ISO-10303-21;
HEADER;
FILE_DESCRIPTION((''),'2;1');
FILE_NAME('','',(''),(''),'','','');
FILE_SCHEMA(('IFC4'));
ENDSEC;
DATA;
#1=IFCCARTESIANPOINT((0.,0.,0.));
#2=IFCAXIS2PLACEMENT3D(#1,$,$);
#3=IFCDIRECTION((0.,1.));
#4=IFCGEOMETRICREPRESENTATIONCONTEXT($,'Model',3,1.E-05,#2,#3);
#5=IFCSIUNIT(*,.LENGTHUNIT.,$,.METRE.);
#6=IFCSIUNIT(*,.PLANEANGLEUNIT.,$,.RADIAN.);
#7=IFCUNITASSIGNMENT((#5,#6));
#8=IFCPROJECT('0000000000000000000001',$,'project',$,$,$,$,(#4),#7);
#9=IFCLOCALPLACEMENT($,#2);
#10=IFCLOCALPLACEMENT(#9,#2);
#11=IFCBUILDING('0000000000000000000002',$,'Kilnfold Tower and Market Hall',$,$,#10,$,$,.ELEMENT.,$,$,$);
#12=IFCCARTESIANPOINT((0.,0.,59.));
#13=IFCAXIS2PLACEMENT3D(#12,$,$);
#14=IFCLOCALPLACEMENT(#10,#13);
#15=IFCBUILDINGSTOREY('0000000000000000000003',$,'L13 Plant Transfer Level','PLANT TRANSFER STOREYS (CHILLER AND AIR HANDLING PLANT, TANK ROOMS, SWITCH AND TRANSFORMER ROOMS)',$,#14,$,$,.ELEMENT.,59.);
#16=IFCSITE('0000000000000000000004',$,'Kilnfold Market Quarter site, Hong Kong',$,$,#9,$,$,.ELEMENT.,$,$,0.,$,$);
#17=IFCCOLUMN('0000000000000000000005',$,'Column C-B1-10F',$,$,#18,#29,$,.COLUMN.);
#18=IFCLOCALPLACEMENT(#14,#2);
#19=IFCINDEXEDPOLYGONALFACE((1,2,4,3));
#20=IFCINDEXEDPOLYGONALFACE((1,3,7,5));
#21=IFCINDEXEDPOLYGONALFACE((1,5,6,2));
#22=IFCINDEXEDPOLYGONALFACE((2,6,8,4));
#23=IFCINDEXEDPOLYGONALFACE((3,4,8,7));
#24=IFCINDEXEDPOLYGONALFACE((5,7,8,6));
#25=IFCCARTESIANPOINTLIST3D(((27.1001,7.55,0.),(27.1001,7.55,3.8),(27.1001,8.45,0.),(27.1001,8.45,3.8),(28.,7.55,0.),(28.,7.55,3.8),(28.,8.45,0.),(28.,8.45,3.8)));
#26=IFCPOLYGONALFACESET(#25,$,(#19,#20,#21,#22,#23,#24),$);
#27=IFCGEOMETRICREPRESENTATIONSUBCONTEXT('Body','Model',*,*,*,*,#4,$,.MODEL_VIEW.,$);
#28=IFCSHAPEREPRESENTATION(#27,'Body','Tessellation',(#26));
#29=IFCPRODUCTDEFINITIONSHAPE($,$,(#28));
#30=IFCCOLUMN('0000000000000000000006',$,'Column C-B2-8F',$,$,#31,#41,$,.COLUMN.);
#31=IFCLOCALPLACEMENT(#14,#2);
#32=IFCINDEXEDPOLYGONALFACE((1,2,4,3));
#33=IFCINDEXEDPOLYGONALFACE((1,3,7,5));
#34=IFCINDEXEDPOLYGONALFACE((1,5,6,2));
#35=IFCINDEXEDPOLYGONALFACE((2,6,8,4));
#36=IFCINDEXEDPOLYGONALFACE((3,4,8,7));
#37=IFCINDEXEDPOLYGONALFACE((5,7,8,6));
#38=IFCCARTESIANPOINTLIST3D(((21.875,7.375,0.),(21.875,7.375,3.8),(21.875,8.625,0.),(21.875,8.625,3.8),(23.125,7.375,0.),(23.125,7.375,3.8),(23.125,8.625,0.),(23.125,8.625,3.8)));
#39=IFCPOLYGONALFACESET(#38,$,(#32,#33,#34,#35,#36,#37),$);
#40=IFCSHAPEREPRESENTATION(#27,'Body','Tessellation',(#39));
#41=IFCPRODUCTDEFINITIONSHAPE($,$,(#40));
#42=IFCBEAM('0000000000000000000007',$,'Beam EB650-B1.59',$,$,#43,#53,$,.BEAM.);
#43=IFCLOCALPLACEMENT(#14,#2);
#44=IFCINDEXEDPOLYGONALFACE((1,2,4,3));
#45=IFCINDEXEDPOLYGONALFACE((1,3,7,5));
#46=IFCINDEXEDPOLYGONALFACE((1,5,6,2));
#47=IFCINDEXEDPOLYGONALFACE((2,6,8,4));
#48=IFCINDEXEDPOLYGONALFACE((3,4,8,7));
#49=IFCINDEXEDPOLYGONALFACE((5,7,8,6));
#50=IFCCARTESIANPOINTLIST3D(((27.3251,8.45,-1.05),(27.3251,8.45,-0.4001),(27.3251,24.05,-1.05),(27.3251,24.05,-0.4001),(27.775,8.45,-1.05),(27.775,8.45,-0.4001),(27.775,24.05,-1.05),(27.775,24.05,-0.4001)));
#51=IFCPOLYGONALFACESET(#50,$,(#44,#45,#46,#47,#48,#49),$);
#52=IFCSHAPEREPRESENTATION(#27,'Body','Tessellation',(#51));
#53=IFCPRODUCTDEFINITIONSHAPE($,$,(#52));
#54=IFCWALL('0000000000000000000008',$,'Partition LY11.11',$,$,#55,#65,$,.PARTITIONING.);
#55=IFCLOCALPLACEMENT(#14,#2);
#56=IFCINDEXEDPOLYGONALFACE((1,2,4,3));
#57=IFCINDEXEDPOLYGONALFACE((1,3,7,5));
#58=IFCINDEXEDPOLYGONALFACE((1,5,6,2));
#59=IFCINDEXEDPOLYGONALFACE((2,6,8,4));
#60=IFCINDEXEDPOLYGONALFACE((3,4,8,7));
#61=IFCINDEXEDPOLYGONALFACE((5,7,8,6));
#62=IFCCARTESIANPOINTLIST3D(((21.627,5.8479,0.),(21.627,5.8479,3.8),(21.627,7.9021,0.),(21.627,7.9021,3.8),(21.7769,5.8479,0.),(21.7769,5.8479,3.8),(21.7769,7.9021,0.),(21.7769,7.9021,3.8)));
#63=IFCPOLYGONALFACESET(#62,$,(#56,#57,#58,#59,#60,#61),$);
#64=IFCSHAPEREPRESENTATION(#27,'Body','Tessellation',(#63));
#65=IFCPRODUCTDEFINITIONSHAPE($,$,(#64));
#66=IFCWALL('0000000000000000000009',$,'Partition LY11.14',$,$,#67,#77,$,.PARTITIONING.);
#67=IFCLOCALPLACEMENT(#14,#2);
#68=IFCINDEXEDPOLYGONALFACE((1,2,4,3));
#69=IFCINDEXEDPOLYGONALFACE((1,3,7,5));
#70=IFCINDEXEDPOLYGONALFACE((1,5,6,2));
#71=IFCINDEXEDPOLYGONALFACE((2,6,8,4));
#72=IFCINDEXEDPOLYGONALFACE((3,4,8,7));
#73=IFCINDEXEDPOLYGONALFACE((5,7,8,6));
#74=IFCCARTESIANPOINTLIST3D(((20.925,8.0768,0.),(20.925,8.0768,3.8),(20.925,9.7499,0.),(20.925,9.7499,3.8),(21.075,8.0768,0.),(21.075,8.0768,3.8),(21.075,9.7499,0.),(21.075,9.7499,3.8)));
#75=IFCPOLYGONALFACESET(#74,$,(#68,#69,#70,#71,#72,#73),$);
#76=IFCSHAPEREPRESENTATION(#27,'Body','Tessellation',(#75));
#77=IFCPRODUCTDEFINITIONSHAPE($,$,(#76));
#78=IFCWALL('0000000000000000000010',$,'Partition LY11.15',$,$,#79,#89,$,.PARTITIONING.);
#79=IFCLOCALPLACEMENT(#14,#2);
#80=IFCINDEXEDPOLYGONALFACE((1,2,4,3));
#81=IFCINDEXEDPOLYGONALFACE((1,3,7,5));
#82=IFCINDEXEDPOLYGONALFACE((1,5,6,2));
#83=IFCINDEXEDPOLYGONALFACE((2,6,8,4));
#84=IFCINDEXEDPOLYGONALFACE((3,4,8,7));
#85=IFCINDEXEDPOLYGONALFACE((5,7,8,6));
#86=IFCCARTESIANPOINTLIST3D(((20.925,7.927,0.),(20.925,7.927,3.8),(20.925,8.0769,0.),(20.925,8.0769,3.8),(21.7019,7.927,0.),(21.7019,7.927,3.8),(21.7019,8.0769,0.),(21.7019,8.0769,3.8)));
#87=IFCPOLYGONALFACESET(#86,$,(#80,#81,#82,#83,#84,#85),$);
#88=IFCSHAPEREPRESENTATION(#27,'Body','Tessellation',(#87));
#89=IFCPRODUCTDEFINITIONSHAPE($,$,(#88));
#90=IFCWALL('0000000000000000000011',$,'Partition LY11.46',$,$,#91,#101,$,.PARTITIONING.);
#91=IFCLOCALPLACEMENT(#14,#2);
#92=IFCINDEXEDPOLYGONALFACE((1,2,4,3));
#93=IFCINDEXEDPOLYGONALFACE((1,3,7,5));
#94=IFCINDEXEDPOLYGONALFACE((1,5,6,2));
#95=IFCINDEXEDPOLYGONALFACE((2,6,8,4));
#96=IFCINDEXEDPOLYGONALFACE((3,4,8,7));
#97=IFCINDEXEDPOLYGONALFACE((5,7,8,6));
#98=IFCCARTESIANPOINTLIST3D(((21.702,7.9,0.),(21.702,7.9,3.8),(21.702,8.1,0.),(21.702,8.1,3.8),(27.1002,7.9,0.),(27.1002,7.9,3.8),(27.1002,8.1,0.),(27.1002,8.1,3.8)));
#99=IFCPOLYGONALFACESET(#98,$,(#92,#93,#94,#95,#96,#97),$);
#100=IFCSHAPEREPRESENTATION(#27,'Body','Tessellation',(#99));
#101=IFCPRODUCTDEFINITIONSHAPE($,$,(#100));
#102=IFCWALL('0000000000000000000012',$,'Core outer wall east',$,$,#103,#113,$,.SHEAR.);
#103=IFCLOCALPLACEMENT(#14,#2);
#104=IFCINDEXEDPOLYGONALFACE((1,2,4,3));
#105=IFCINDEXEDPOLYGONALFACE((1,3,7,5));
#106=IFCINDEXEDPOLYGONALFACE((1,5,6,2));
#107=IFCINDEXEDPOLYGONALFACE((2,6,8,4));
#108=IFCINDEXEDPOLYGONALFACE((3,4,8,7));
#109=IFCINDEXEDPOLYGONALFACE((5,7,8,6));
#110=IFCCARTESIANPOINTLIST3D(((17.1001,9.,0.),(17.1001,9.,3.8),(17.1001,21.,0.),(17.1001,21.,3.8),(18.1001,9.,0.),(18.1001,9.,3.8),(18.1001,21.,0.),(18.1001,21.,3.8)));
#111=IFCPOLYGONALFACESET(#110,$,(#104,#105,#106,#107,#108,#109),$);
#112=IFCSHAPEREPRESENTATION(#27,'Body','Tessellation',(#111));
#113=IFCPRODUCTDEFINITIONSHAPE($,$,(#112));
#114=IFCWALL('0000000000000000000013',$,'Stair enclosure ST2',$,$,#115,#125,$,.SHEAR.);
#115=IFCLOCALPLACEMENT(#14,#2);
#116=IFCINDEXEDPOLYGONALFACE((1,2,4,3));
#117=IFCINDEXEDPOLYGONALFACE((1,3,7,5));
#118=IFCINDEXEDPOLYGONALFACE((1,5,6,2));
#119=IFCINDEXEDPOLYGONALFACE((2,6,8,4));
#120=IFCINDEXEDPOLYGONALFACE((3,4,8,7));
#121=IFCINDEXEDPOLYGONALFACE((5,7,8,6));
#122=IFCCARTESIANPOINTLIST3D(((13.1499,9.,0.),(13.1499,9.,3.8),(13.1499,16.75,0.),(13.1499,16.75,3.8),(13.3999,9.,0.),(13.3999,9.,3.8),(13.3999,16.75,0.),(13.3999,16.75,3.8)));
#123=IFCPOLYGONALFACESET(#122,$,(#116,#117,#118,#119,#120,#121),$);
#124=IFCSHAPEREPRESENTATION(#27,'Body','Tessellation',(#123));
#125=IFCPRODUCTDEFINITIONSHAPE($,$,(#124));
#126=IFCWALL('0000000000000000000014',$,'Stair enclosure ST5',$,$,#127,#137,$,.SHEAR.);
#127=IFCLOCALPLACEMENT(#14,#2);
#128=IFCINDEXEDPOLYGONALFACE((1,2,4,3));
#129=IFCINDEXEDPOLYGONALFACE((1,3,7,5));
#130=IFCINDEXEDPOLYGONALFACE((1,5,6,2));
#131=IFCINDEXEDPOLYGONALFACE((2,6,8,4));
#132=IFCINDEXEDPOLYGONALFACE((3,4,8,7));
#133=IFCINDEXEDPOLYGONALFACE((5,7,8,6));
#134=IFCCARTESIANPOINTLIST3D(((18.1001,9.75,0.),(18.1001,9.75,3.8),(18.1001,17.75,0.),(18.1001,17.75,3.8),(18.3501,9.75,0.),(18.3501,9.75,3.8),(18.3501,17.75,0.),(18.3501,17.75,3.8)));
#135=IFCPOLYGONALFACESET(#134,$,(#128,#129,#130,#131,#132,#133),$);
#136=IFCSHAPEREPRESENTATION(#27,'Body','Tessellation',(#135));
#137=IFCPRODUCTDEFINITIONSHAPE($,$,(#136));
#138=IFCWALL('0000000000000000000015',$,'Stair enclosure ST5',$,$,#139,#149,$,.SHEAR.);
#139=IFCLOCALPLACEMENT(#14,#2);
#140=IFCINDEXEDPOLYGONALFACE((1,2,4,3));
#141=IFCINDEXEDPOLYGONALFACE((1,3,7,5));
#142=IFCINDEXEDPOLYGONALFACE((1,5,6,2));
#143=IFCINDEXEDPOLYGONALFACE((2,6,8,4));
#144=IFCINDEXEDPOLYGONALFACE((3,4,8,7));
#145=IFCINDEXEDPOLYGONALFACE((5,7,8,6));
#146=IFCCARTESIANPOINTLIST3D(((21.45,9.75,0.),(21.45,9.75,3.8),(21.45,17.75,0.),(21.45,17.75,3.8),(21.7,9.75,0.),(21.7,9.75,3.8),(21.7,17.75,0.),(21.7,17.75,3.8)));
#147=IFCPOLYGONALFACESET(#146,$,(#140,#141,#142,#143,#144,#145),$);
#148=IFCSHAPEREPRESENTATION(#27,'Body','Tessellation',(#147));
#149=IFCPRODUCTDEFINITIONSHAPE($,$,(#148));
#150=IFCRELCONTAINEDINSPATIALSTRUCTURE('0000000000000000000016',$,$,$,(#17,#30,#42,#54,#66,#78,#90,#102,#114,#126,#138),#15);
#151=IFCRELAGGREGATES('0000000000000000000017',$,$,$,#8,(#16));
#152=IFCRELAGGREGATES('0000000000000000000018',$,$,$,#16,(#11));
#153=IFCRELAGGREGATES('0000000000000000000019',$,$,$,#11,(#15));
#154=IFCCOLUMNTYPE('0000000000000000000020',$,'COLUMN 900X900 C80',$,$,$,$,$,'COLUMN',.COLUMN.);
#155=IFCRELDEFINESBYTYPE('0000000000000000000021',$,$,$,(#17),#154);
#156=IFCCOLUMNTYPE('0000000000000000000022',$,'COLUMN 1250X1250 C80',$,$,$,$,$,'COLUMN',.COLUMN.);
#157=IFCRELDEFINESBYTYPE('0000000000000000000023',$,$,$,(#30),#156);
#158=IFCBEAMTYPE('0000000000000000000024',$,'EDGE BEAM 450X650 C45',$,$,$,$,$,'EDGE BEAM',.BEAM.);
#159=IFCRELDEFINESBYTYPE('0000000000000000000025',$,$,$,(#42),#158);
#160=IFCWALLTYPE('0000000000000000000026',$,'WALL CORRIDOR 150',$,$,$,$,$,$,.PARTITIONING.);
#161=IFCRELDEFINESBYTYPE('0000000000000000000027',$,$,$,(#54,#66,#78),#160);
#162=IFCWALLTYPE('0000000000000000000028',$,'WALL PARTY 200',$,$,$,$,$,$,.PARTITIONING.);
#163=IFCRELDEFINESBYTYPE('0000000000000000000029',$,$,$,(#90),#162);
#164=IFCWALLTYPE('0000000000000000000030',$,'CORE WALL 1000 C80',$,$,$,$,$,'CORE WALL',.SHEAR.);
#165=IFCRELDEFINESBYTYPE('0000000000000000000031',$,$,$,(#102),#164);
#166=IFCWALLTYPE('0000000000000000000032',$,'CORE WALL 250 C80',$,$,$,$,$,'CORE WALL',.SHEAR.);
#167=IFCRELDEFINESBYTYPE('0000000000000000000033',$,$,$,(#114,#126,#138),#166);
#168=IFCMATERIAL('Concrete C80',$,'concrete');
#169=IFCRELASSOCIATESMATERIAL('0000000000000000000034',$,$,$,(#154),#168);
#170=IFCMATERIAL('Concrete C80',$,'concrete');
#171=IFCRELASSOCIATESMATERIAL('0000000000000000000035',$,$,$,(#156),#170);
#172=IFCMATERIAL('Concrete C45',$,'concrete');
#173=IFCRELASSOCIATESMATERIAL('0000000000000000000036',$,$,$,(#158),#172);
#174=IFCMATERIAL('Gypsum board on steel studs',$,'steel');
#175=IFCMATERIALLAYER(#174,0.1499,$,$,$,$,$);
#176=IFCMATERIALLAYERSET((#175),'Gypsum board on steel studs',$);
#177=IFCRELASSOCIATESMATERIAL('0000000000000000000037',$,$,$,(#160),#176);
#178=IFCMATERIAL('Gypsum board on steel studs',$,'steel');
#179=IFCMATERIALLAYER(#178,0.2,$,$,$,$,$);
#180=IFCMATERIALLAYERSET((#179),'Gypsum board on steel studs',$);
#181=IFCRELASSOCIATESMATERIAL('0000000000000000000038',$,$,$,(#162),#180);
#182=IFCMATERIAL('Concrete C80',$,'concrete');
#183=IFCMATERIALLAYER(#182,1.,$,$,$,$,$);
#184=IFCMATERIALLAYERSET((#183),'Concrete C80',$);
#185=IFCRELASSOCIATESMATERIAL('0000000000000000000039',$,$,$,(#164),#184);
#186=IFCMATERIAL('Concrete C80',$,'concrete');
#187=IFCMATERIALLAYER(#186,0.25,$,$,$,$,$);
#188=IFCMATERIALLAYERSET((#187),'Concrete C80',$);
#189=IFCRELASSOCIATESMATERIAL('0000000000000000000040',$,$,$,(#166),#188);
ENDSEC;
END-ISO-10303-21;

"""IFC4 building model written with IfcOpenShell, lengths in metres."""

from ifc_helpers import new_model, si_unit, direction, frame, frame_2d, origin, origin_2d, place, context, subcontext, project, spatial, rectangle, extrude, source, transform, mapped, material, layer, layer_set, material_profile, profile_set, type_object, element, save


model = new_model("IFC4")

# Units and contexts
model_context = context("Model", 3, precision=1e-05, world=origin(), true_north=direction((0.0, 1.0)))
body_context = subcontext(model_context, "Body", "Model", "MODEL_VIEW")
ifc_project = project(units=[si_unit("LENGTHUNIT", "METRE"), si_unit("PLANEANGLEUNIT", "RADIAN")], contexts=[model_context])

# Site, building, storey
site_placement = place(None, origin())
site = spatial("IfcSite", under=ifc_project, at=site_placement, Name="Kilnfold Market Quarter site, Hong Kong", CompositionType="ELEMENT", RefElevation=0.0)
building_placement = place(site_placement, origin())
building = spatial("IfcBuilding", under=site, at=building_placement, Name="Kilnfold Tower and Market Hall", CompositionType="ELEMENT")
storey_placement = place(building_placement, frame((0.0, 0.0, 59.0)))
storey = spatial("IfcBuildingStorey", under=building, at=storey_placement, Name="L13 Plant Transfer Level", Description="PLANT TRANSFER STOREYS (CHILLER AND AIR HANDLING PLANT, TANK ROOMS, SWITCH AND TRANSFORMER ROOMS)", CompositionType="ELEMENT", Elevation=59.0)

# Columns
ifc_material_1 = material(Name="Concrete C80", Category="concrete")
ifc_material_profile_1 = material_profile(ifc_material_1, rectangle(XDim=0.8999, YDim=0.8999, at=origin_2d()), Name="RC 900x900")
ifc_profile_set_1 = profile_set([ifc_material_profile_1], Name="Concrete C80")
column_type_1 = type_object("IfcColumnType", Name="COLUMN 900X900 C80", ElementType="COLUMN", PredefinedType="COLUMN", material=ifc_profile_set_1)
shared_shape_1 = source(origin(), body_context, "Body", "SweptSolid", [
    extrude(rectangle(XDim=0.8999, YDim=0.8999, at=origin_2d()), origin(), (0.0, 0.0, 1.0), 3.8),
])
column_1_placement = place(storey_placement, frame((27.55, 8.0, 0.0), z_axis=(0.0, 0.0, 1.0), x_axis=(1.0, 0.0, 0.0)))
element("IfcColumn", 1, at=column_1_placement, inside=storey, type_object=column_type_1, Name="Column C-B1-10F", PredefinedType="COLUMN", context=body_context, shape_type="MappedRepresentation", body=[
    mapped(shared_shape_1, transform((0.0, 0.0, 0.0))),
])
ifc_material_2 = material(Name="Concrete C80", Category="concrete")
ifc_material_profile_2 = material_profile(ifc_material_2, rectangle(XDim=1.25, YDim=1.25, at=origin_2d()), Name="RC 1250x1250")
ifc_profile_set_2 = profile_set([ifc_material_profile_2], Name="Concrete C80")
column_type_2 = type_object("IfcColumnType", Name="COLUMN 1250X1250 C80", ElementType="COLUMN", PredefinedType="COLUMN", material=ifc_profile_set_2)
shared_shape_2 = source(origin(), body_context, "Body", "SweptSolid", [
    extrude(rectangle(XDim=1.25, YDim=1.25, at=origin_2d()), origin(), (0.0, 0.0, 1.0), 3.8),
])
column_2_placement = place(storey_placement, frame((22.5, 8.0, 0.0), z_axis=(0.0, 0.0, 1.0), x_axis=(1.0, 0.0, 0.0)))
element("IfcColumn", 2, at=column_2_placement, inside=storey, type_object=column_type_2, Name="Column C-B2-8F", PredefinedType="COLUMN", context=body_context, shape_type="MappedRepresentation", body=[
    mapped(shared_shape_2, transform((0.0, 0.0, 0.0))),
])

# Beam
ifc_material_3 = material(Name="Concrete C45", Category="concrete")
ifc_material_profile_3 = material_profile(ifc_material_3, rectangle(XDim=0.45, YDim=0.6499, at=origin_2d()), Name="RC 450x650")
ifc_profile_set_3 = profile_set([ifc_material_profile_3], Name="Concrete C45")
beam_type = type_object("IfcBeamType", Name="EDGE BEAM 450X650 C45", ElementType="EDGE BEAM", PredefinedType="BEAM", material=ifc_profile_set_3)
shared_shape_3 = source(origin(), body_context, "Body", "SweptSolid", [
    extrude(rectangle(XDim=0.45, YDim=0.6499, at=origin_2d()), origin(), (0.0, 0.0, 1.0), 15.6001),
])
beam_placement = place(storey_placement, frame((27.55, 8.45, -0.7251), z_axis=(0.0, 1.0, 0.0), x_axis=(-1.0, 0.0, 0.0)))
element("IfcBeam", 3, at=beam_placement, inside=storey, type_object=beam_type, Name="Beam EB650-B1.59", PredefinedType="BEAM", context=body_context, shape_type="MappedRepresentation", body=[
    mapped(shared_shape_3, transform((0.0, 0.0, 0.0))),
])

# Walls
ifc_material_4 = material(Name="Gypsum board on steel studs", Category="steel")
ifc_layer_1 = layer(ifc_material_4, 0.1499)
ifc_layer_set_1 = layer_set([ifc_layer_1], Name="Gypsum board on steel studs")
wall_type_1 = type_object("IfcWallType", Name="WALL CORRIDOR 150", PredefinedType="PARTITIONING", material=ifc_layer_set_1)
wall_1_placement = place(storey_placement, frame((21.7019, 5.8479, 0.0), z_axis=(0.0, 0.0, 1.0), x_axis=(0.0, 1.0, 0.0)))
element("IfcWall", 4, at=wall_1_placement, inside=storey, type_object=wall_type_1, Name="Partition LY11.11", PredefinedType="PARTITIONING", context=body_context, shape_type="SweptSolid", body=[
    extrude(rectangle(XDim=2.0542, YDim=0.1499, at=frame_2d((1.0271, 0.0))), origin(), (0.0, 0.0, 1.0), 3.8),
])
wall_2_placement = place(storey_placement, frame((21.0, 8.0769, 0.0), z_axis=(0.0, 0.0, 1.0), x_axis=(0.0, 1.0, 0.0)))
element("IfcWall", 5, at=wall_2_placement, inside=storey, type_object=wall_type_1, Name="Partition LY11.14", PredefinedType="PARTITIONING", context=body_context, shape_type="SweptSolid", body=[
    extrude(rectangle(XDim=1.6731, YDim=0.1499, at=frame_2d((0.8364, 0.0))), origin(), (0.0, 0.0, 1.0), 3.8),
])
wall_3_placement = place(storey_placement, frame((21.7019, 8.002, 0.0), z_axis=(0.0, 0.0, 1.0), x_axis=(-1.0, 0.0, 0.0)))
element("IfcWall", 6, at=wall_3_placement, inside=storey, type_object=wall_type_1, Name="Partition LY11.15", PredefinedType="PARTITIONING", context=body_context, shape_type="SweptSolid", body=[
    extrude(rectangle(XDim=0.7769, YDim=0.1499, at=frame_2d((0.3884, 0.0))), origin(), (0.0, 0.0, 1.0), 3.8),
])
ifc_material_5 = material(Name="Gypsum board on steel studs", Category="steel")
ifc_layer_2 = layer(ifc_material_5, 0.2)
ifc_layer_set_2 = layer_set([ifc_layer_2], Name="Gypsum board on steel studs")
wall_type_2 = type_object("IfcWallType", Name="WALL PARTY 200", PredefinedType="PARTITIONING", material=ifc_layer_set_2)
wall_4_placement = place(storey_placement, frame((21.7019, 8.0, 0.0), z_axis=(0.0, 0.0, 1.0), x_axis=(1.0, 0.0, 0.0)))
element("IfcWall", 7, at=wall_4_placement, inside=storey, type_object=wall_type_2, Name="Partition LY11.46", PredefinedType="PARTITIONING", context=body_context, shape_type="SweptSolid", body=[
    extrude(rectangle(XDim=5.3982, YDim=0.2, at=frame_2d((2.6992, 0.0))), origin(), (0.0, 0.0, 1.0), 3.8),
])
ifc_material_6 = material(Name="Concrete C80", Category="concrete")
ifc_layer_3 = layer(ifc_material_6, 1.0)
ifc_layer_set_3 = layer_set([ifc_layer_3], Name="Concrete C80")
wall_type_3 = type_object("IfcWallType", Name="CORE WALL 1000 C80", ElementType="CORE WALL", PredefinedType="SHEAR", material=ifc_layer_set_3)
shared_shape_4 = source(origin(), body_context, "Body", "SweptSolid", [
    extrude(rectangle(XDim=12.0, YDim=1.0, at=frame_2d((6.0, 0.0))), origin(), (0.0, 0.0, 1.0), 3.8),
])
wall_5_placement = place(storey_placement, frame((17.6001, 9.0, 0.0), z_axis=(0.0, 0.0, 1.0), x_axis=(0.0, 1.0, 0.0)))
element("IfcWall", 8, at=wall_5_placement, inside=storey, type_object=wall_type_3, Name="Core outer wall east", PredefinedType="SHEAR", context=body_context, shape_type="MappedRepresentation", body=[
    mapped(shared_shape_4, transform((0.0, 0.0, 0.0))),
])
ifc_material_7 = material(Name="Concrete C80", Category="concrete")
ifc_layer_4 = layer(ifc_material_7, 0.25)
ifc_layer_set_4 = layer_set([ifc_layer_4], Name="Concrete C80")
wall_type_4 = type_object("IfcWallType", Name="CORE WALL 250 C80", ElementType="CORE WALL", PredefinedType="SHEAR", material=ifc_layer_set_4)
shared_shape_5 = source(origin(), body_context, "Body", "SweptSolid", [
    extrude(rectangle(XDim=7.75, YDim=0.25, at=frame_2d((3.875, 0.0))), origin(), (0.0, 0.0, 1.0), 3.8),
])
wall_6_placement = place(storey_placement, frame((13.2749, 9.0, 0.0), z_axis=(0.0, 0.0, 1.0), x_axis=(0.0, 1.0, 0.0)))
element("IfcWall", 9, at=wall_6_placement, inside=storey, type_object=wall_type_4, Name="Stair enclosure ST2", PredefinedType="SHEAR", context=body_context, shape_type="MappedRepresentation", body=[
    mapped(shared_shape_5, transform((0.0, 0.0, 0.0))),
])
shared_shape_6 = source(origin(), body_context, "Body", "SweptSolid", [
    extrude(rectangle(XDim=8.0, YDim=0.25, at=frame_2d((4.0, 0.0))), origin(), (0.0, 0.0, 1.0), 3.8),
])
for number, where, z_axis, x_axis, name in (
    (10, (18.2251, 9.75, 0.0), (0.0, 0.0, 1.0), (0.0, 1.0, 0.0), "Stair enclosure ST5"),
    (11, (21.575, 9.75, 0.0), (0.0, 0.0, 1.0), (0.0, 1.0, 0.0), "Stair enclosure ST5"),
):
    element("IfcWall", number, at=place(storey_placement, frame(where, z_axis=z_axis, x_axis=x_axis)), inside=storey, type_object=wall_type_4, Name=name, PredefinedType="SHEAR", context=body_context, shape_type="MappedRepresentation", body=[
        mapped(shared_shape_6, transform((0.0, 0.0, 0.0))),
    ])

save(model, "model.ifc")
